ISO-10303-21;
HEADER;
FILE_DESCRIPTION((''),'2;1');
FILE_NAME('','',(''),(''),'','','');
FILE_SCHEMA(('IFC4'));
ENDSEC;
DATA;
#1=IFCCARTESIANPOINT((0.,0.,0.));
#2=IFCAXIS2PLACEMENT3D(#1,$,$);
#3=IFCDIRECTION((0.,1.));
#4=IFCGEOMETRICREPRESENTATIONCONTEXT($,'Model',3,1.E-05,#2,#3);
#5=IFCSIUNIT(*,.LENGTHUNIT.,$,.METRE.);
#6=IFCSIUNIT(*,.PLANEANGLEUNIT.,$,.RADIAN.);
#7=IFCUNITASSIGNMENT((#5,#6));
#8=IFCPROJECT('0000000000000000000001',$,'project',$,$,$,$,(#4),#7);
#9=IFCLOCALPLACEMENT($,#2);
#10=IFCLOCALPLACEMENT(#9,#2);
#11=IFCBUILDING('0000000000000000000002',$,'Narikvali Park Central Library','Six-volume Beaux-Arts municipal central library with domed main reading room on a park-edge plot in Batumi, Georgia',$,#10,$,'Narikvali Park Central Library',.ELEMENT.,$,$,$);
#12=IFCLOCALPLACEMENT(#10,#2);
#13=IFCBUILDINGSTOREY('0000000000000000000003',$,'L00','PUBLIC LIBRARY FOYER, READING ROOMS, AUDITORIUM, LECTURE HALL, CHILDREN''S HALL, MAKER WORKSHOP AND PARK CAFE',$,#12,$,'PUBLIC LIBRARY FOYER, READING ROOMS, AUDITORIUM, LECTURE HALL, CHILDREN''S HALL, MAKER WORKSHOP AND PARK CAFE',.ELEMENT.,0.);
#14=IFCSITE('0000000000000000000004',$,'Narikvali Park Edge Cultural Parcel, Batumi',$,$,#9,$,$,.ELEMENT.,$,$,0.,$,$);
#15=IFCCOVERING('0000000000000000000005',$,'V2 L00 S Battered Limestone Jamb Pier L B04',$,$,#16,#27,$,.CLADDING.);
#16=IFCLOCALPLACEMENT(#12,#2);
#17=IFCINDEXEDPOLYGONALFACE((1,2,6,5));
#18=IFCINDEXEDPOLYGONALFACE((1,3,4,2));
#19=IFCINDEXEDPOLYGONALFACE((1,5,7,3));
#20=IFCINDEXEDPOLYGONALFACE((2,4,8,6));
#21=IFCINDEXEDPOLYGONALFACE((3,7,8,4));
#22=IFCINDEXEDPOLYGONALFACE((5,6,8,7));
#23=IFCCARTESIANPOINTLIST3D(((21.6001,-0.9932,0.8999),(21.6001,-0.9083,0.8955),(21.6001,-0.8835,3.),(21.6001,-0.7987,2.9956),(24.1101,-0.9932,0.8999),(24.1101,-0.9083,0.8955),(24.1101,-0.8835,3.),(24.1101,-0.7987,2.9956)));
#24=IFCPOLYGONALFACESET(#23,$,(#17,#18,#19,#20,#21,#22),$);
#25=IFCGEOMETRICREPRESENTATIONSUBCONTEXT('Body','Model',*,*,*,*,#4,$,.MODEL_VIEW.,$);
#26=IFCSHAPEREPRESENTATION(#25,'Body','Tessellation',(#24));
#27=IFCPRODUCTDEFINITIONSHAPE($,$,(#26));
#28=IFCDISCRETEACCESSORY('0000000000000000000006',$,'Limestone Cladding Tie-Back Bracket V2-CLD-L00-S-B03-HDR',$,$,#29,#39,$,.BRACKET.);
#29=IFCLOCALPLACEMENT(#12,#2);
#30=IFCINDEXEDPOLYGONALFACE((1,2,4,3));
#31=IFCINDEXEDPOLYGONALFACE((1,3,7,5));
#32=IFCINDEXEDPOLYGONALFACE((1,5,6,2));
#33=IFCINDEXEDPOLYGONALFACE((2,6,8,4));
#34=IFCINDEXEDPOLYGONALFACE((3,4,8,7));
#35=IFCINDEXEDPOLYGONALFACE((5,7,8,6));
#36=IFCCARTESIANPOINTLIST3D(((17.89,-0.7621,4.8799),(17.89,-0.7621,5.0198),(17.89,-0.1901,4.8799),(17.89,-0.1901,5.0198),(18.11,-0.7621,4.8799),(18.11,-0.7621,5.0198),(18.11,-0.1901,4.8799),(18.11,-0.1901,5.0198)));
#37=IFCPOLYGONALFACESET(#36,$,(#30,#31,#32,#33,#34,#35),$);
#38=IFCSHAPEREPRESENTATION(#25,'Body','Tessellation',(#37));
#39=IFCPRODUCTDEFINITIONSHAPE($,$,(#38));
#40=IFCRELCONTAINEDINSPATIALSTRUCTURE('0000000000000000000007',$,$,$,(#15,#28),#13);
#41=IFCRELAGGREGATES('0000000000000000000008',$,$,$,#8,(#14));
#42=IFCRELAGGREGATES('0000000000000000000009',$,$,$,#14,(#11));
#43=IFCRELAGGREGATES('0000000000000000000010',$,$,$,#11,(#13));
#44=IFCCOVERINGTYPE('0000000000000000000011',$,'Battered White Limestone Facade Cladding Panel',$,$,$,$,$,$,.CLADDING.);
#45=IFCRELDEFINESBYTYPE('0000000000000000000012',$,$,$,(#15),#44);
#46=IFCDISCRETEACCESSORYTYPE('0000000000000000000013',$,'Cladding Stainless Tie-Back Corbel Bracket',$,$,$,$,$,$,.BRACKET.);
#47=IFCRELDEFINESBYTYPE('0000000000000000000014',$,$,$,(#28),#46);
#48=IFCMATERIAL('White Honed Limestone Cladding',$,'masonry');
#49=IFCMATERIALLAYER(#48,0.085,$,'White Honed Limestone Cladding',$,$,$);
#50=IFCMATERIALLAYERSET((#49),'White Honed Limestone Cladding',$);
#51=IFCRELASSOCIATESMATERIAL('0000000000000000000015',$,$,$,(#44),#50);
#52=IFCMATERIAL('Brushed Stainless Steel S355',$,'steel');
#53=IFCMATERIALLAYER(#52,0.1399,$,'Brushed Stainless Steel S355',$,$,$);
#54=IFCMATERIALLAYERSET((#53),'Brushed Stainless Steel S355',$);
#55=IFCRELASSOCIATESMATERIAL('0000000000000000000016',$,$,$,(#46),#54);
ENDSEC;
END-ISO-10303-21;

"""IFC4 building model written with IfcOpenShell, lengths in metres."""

from ifc_helpers import new_model, si_unit, direction, frame, origin, origin_2d, place, context, subcontext, project, spatial, polyline, rectangle, outline, extrude, material, layer, layer_set, type_object, element, save


model = new_model("IFC4")

# Units and contexts
model_context = context("Model", 3, precision=1e-05, world=origin(), true_north=direction((0.0, 1.0)))
body_context = subcontext(model_context, "Body", "Model", "MODEL_VIEW")
ifc_project = project(units=[si_unit("LENGTHUNIT", "METRE"), si_unit("PLANEANGLEUNIT", "RADIAN")], contexts=[model_context])

# Site, building, storey
site_placement = place(None, origin())
site = spatial("IfcSite", under=ifc_project, at=site_placement, Name="Narikvali Park Edge Cultural Parcel, Batumi", CompositionType="ELEMENT", RefElevation=0.0)
building_placement = place(site_placement, origin())
building = spatial("IfcBuilding", under=site, at=building_placement, Name="Narikvali Park Central Library", Description="Six-volume Beaux-Arts municipal central library with domed main reading room on a park-edge plot in Batumi, Georgia", LongName="Narikvali Park Central Library", CompositionType="ELEMENT")
storey_placement = place(building_placement, origin())
storey = spatial("IfcBuildingStorey", under=building, at=storey_placement, Name="L00", Description="PUBLIC LIBRARY FOYER, READING ROOMS, AUDITORIUM, LECTURE HALL, CHILDREN'S HALL, MAKER WORKSHOP AND PARK CAFE", LongName="PUBLIC LIBRARY FOYER, READING ROOMS, AUDITORIUM, LECTURE HALL, CHILDREN'S HALL, MAKER WORKSHOP AND PARK CAFE", CompositionType="ELEMENT", Elevation=0.0)

# Covering
ifc_material_1 = material(Name="White Honed Limestone Cladding", Category="masonry")
ifc_layer_1 = layer(ifc_material_1, 0.085, Name="White Honed Limestone Cladding")
ifc_layer_set_1 = layer_set([ifc_layer_1], Name="White Honed Limestone Cladding")
covering_type = type_object("IfcCoveringType", Name="Battered White Limestone Facade Cladding Panel", PredefinedType="CLADDING", material=ifc_layer_set_1)
covering_1_placement = place(storey_placement, frame((21.6001, -0.9932, 0.8999), z_axis=(0.0, -0.998641, 0.052126), x_axis=(1.0, 0.0, 0.0)))
element("IfcCovering", 1, at=covering_1_placement, inside=storey, type_object=covering_type, Name="V2 L00 S Battered Limestone Jamb Pier L B04", PredefinedType="CLADDING", context=body_context, shape_type="SweptSolid", body=[
    extrude(outline(polyline([(0.0, 0.0), (2.51, 0.0), (2.51, 2.103), (0.0, 2.103), (0.0, 0.0)])), origin(), (0.0, 0.0, -1.0), 0.085),
])

# Discrete accessory
ifc_material_2 = material(Name="Brushed Stainless Steel S355", Category="steel")
ifc_layer_2 = layer(ifc_material_2, 0.1399, Name="Brushed Stainless Steel S355")
ifc_layer_set_2 = layer_set([ifc_layer_2], Name="Brushed Stainless Steel S355")
discrete_accessory_type = type_object("IfcDiscreteAccessoryType", Name="Cladding Stainless Tie-Back Corbel Bracket", PredefinedType="BRACKET", material=ifc_layer_set_2)
discrete_accessory_placement = place(storey_placement, frame((18.0, -0.4761, 4.8799), z_axis=(0.0, 0.0, 1.0), x_axis=(1.0, 0.0, 0.0)))
element("IfcDiscreteAccessory", 2, at=discrete_accessory_placement, inside=storey, type_object=discrete_accessory_type, Name="Limestone Cladding Tie-Back Bracket V2-CLD-L00-S-B03-HDR", PredefinedType="BRACKET", context=body_context, shape_type="SweptSolid", body=[
    extrude(rectangle(XDim=0.22, YDim=0.572, at=origin_2d()), origin(), (0.0, 0.0, 1.0), 0.1399),
])

save(model, "model.ifc")
